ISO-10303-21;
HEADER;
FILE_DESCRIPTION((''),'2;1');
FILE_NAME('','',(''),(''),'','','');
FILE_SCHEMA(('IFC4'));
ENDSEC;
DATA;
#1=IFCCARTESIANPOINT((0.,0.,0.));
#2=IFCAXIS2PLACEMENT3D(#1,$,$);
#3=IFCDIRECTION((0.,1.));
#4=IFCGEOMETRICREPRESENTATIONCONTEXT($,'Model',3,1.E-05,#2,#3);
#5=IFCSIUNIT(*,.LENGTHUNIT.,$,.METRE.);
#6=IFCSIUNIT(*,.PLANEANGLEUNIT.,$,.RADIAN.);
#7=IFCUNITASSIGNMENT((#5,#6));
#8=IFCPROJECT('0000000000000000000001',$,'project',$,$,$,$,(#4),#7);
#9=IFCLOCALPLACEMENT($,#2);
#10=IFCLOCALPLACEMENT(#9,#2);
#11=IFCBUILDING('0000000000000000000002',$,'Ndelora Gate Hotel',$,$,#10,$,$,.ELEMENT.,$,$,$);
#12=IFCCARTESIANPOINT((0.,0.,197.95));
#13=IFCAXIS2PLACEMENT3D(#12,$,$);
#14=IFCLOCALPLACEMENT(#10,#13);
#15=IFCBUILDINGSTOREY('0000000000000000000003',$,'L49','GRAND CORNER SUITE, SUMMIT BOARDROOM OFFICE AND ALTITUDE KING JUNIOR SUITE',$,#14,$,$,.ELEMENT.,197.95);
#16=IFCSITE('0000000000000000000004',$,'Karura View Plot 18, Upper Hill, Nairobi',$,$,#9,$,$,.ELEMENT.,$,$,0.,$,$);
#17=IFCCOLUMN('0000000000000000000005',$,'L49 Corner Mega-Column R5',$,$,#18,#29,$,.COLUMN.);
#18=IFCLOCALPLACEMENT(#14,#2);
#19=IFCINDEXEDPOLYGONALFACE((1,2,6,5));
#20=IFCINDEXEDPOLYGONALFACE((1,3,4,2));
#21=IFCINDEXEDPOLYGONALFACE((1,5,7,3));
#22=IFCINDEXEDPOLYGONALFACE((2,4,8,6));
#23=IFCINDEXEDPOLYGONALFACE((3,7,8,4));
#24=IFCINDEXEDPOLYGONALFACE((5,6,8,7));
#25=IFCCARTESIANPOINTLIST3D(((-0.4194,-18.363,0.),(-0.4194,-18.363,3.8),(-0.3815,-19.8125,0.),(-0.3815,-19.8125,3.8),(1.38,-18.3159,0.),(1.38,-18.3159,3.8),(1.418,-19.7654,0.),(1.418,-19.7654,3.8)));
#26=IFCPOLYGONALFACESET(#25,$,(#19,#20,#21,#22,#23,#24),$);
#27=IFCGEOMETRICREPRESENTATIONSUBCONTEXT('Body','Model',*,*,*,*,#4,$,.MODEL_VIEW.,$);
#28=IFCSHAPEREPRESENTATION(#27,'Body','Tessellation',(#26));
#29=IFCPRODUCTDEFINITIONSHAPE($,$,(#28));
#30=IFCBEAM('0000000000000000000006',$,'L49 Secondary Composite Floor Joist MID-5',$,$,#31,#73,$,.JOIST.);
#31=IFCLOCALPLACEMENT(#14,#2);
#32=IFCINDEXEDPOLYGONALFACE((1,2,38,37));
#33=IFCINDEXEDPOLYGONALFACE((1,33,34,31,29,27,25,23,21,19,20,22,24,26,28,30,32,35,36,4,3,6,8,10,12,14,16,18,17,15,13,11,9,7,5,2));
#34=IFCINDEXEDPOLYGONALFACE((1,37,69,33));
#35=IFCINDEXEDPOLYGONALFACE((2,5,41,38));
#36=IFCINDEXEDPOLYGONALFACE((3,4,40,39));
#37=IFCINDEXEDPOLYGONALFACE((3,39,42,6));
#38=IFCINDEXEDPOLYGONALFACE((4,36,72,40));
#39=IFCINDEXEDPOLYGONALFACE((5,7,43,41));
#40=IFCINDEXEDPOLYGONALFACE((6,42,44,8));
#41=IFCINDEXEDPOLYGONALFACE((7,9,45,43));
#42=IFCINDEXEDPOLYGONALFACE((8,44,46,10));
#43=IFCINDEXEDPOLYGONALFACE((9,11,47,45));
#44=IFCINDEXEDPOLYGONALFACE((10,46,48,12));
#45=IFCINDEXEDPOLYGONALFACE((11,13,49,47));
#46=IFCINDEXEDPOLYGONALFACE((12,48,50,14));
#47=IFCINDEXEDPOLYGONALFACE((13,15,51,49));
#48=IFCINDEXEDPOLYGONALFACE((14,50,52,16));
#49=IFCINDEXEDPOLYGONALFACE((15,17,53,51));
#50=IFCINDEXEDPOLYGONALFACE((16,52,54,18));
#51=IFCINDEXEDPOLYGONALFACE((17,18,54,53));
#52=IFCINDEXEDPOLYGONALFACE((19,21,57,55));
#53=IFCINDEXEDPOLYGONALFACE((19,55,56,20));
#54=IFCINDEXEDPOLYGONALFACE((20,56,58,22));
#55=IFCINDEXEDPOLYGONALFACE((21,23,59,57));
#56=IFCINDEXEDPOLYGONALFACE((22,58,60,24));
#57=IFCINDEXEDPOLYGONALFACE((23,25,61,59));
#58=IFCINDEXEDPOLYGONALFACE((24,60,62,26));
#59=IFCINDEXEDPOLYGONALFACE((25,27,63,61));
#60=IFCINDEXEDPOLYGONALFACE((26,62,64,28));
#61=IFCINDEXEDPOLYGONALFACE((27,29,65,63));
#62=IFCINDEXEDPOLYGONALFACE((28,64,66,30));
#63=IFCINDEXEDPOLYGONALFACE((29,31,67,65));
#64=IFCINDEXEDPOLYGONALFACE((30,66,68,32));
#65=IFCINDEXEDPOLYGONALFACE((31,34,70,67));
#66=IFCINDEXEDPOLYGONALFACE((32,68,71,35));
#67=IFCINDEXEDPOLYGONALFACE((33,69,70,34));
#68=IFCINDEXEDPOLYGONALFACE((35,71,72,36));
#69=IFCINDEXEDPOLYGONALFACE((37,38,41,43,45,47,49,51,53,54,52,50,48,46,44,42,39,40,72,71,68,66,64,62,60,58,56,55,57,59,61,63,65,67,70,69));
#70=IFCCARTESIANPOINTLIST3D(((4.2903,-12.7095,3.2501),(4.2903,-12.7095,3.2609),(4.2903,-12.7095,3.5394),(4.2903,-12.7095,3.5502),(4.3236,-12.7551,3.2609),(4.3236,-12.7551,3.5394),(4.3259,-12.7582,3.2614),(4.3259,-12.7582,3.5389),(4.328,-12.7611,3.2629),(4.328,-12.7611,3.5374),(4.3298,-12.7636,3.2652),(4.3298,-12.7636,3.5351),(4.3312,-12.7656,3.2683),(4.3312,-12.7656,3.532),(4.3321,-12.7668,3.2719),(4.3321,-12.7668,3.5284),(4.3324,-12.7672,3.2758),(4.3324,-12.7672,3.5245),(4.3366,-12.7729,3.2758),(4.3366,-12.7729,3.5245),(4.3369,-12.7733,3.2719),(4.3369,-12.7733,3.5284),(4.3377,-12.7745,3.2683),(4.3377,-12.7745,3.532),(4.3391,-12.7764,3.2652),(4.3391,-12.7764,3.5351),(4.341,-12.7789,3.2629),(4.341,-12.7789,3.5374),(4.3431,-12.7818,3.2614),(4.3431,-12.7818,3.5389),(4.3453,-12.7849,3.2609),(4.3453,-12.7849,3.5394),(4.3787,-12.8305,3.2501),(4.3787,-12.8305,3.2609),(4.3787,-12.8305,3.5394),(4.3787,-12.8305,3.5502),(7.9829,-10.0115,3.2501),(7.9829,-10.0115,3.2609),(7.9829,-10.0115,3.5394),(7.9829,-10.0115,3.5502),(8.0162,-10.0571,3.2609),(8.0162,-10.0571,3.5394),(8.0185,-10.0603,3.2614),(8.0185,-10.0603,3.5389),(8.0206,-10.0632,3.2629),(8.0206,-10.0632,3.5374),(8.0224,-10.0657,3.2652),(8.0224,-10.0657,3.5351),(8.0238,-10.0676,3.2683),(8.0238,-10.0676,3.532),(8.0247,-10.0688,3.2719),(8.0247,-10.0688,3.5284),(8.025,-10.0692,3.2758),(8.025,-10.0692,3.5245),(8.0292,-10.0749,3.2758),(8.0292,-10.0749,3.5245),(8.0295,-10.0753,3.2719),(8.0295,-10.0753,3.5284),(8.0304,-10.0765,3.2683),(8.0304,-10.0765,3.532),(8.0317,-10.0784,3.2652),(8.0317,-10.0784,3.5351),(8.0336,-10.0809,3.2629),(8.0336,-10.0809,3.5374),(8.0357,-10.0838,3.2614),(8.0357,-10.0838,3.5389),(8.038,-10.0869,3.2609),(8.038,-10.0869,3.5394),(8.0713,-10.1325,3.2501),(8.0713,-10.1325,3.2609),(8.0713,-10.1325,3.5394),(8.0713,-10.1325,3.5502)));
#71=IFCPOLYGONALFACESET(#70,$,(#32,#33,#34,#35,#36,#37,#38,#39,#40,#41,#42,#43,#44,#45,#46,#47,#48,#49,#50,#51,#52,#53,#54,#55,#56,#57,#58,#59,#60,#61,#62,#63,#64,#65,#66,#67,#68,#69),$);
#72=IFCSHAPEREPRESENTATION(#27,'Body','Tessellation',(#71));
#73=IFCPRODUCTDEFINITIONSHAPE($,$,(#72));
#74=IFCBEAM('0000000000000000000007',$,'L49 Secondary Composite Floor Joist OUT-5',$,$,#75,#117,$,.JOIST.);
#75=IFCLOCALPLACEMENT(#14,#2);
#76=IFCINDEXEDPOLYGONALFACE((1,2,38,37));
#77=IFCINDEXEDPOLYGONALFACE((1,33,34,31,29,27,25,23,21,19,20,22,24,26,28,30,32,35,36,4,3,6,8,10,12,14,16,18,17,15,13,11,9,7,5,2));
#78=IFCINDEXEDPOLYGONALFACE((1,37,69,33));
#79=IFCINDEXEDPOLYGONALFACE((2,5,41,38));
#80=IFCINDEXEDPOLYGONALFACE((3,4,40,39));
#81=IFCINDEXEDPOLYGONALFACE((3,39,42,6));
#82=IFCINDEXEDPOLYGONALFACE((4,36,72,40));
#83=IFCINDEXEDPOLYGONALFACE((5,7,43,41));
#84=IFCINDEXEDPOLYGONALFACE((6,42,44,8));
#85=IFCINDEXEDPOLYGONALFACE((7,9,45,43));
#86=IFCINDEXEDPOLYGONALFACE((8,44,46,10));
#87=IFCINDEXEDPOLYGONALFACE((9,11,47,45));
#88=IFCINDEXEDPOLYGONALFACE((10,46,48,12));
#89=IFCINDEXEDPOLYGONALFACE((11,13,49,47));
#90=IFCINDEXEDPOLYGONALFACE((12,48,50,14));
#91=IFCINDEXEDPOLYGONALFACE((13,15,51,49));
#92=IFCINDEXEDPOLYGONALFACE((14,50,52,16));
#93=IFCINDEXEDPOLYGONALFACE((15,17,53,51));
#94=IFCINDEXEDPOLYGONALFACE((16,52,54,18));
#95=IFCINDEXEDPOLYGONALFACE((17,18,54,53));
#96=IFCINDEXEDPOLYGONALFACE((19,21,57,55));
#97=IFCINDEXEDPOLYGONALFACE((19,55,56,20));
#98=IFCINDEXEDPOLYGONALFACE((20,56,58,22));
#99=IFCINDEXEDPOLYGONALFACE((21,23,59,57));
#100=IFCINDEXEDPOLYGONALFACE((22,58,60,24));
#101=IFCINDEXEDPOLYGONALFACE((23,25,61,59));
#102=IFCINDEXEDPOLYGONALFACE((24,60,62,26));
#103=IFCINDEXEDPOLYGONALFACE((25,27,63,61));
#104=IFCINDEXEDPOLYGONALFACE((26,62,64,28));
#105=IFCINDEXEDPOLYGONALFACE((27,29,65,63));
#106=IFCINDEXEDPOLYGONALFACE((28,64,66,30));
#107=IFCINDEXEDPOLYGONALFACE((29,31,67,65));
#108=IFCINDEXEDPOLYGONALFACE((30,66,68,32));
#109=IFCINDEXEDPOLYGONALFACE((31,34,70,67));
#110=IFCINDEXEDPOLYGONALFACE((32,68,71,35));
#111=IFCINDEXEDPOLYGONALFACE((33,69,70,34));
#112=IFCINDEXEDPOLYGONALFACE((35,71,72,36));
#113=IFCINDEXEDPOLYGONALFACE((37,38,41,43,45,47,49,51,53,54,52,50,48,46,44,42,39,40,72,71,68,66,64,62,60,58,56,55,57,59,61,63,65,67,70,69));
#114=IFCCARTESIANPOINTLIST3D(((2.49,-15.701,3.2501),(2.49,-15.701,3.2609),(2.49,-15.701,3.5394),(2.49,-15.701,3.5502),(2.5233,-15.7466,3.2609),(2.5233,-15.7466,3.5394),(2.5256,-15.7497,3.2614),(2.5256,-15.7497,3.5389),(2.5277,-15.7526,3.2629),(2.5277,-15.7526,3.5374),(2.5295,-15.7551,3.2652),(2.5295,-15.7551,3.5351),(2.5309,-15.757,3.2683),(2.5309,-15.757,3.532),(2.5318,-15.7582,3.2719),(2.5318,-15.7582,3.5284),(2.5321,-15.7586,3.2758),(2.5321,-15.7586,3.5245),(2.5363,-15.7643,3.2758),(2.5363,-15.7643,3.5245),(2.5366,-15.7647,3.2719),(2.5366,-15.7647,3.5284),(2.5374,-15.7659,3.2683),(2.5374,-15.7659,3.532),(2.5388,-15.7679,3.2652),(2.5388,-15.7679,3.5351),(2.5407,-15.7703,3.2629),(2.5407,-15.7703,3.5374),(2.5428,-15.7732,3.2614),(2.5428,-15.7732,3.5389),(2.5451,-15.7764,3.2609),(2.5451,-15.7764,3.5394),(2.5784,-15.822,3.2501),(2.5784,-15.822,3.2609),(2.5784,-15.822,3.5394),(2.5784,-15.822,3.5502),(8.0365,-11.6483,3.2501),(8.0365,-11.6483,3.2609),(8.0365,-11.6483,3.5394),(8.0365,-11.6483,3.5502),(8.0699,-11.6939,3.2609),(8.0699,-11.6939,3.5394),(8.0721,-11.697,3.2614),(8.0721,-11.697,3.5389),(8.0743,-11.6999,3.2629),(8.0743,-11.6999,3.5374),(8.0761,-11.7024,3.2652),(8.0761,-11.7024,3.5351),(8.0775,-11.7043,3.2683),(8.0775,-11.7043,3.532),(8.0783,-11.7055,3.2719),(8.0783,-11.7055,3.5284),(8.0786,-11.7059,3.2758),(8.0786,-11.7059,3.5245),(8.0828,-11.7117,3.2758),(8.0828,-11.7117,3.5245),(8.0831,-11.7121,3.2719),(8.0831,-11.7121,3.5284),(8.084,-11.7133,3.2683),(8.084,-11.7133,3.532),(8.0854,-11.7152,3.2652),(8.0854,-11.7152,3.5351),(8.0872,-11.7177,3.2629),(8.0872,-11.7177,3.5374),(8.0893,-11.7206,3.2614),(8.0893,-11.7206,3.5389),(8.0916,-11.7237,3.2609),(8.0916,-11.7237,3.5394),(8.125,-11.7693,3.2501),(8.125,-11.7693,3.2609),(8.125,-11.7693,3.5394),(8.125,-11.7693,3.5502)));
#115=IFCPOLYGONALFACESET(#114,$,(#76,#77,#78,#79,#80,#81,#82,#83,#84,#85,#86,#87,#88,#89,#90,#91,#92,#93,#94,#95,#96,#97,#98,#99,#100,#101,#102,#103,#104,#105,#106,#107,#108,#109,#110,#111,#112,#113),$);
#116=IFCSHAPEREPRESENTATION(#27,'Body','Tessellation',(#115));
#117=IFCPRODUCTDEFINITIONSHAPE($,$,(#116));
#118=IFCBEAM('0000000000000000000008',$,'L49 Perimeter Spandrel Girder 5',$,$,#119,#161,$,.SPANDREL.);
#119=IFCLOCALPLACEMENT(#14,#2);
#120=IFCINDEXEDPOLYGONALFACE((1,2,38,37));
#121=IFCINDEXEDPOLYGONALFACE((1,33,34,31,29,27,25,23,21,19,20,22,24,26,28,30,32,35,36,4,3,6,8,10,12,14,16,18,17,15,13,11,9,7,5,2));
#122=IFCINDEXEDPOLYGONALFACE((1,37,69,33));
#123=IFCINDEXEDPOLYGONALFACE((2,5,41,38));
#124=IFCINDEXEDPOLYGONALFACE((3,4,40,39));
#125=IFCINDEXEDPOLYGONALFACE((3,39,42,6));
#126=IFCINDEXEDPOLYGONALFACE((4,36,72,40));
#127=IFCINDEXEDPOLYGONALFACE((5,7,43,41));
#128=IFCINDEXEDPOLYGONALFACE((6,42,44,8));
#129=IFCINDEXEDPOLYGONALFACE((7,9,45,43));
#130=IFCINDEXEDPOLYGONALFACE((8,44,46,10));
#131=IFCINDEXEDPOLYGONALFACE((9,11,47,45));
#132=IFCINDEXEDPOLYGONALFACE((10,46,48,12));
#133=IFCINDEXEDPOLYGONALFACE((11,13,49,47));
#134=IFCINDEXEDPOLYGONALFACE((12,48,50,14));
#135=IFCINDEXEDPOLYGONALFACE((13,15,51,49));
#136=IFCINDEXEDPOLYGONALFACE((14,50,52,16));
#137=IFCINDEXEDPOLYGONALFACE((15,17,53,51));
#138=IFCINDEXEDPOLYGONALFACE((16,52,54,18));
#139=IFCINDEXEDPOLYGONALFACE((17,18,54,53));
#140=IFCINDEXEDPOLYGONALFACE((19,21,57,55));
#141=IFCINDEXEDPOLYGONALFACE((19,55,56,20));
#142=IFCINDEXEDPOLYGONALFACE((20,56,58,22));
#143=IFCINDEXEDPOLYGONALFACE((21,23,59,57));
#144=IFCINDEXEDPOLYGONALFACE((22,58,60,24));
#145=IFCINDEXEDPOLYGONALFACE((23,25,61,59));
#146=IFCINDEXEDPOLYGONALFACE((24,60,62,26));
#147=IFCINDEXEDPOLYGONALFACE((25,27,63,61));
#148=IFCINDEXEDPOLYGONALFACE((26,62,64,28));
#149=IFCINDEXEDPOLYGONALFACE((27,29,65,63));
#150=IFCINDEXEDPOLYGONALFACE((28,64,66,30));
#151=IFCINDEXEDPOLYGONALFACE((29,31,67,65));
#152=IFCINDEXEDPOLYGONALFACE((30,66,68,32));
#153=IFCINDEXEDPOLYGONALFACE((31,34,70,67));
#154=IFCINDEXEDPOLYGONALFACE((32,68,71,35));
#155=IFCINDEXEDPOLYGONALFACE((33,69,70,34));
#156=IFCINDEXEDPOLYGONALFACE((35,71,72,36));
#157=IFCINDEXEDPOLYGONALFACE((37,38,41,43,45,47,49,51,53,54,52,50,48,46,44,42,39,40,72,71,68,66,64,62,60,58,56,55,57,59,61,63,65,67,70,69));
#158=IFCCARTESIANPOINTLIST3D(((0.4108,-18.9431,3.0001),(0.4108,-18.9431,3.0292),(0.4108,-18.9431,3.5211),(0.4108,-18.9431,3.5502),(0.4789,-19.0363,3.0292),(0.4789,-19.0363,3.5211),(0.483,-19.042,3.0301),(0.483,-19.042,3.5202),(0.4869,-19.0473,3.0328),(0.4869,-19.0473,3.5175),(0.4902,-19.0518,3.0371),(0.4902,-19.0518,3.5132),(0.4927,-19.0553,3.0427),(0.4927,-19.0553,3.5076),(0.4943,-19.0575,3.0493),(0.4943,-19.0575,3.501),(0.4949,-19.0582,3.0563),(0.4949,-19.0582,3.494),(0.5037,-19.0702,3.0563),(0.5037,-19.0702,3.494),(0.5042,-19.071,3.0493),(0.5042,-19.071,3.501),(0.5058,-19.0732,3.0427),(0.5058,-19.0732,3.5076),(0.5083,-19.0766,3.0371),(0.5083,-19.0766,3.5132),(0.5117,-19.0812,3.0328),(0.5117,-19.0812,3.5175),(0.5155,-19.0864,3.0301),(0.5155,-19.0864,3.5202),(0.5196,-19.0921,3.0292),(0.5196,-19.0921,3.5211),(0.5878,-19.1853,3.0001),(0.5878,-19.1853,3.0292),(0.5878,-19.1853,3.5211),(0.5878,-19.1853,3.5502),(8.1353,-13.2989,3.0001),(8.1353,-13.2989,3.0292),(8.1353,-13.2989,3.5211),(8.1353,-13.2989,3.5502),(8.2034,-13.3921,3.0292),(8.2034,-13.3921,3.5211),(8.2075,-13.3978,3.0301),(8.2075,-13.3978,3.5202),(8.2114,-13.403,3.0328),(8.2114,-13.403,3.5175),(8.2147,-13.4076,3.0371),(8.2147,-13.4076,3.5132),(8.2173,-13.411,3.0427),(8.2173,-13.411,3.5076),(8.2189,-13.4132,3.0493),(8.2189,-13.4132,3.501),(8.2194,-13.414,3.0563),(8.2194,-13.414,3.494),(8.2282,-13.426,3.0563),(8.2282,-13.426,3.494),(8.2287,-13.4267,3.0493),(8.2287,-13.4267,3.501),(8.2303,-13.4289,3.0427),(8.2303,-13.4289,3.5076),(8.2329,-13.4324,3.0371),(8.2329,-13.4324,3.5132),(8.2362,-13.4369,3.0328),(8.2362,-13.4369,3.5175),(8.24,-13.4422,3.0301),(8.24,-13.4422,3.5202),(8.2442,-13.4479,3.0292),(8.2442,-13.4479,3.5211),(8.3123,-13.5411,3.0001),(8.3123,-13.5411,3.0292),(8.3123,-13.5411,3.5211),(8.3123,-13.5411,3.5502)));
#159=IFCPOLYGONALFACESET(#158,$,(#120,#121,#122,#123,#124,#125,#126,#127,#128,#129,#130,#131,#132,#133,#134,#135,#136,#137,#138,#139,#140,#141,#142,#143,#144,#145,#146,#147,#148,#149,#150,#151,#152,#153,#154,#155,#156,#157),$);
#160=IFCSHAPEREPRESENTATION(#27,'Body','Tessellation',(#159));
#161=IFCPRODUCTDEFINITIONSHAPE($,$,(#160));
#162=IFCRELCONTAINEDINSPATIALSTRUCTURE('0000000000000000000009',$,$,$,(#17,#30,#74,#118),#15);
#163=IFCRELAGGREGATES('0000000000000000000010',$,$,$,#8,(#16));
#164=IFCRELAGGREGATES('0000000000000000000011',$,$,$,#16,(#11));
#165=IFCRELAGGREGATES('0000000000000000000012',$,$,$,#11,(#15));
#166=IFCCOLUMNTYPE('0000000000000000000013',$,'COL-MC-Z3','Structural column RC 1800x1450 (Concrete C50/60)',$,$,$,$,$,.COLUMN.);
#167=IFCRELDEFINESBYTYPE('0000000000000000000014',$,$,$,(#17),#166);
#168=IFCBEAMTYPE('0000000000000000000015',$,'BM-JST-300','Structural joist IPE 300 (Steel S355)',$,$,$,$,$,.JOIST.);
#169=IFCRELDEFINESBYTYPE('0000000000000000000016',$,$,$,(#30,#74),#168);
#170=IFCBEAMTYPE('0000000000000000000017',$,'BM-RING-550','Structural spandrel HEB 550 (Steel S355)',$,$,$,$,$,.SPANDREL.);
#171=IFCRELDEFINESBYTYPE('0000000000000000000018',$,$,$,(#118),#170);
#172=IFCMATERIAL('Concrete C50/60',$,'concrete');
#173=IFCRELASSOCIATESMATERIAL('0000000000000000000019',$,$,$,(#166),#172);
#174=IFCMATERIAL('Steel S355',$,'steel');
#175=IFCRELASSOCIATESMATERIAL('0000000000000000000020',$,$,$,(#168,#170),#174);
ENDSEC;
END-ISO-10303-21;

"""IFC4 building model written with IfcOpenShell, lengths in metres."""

from ifc_helpers import new_model, si_unit, direction, frame, origin, origin_2d, place, context, subcontext, project, spatial, rectangle, i_section, extrude, material, material_profile, profile_set, type_object, element, save


model = new_model("IFC4")

# Units and contexts
model_context = context("Model", 3, precision=1e-05, world=origin(), true_north=direction((0.0, 1.0)))
body_context = subcontext(model_context, "Body", "Model", "MODEL_VIEW")
ifc_project = project(units=[si_unit("LENGTHUNIT", "METRE"), si_unit("PLANEANGLEUNIT", "RADIAN")], contexts=[model_context])

# Site, building, storey
site_placement = place(None, origin())
site = spatial("IfcSite", under=ifc_project, at=site_placement, Name="Karura View Plot 18, Upper Hill, Nairobi", CompositionType="ELEMENT", RefElevation=0.0)
building_placement = place(site_placement, origin())
building = spatial("IfcBuilding", under=site, at=building_placement, Name="Ndelora Gate Hotel", CompositionType="ELEMENT")
storey_placement = place(building_placement, frame((0.0, 0.0, 197.95)))
storey = spatial("IfcBuildingStorey", under=building, at=storey_placement, Name="L49", Description="GRAND CORNER SUITE, SUMMIT BOARDROOM OFFICE AND ALTITUDE KING JUNIOR SUITE", CompositionType="ELEMENT", Elevation=197.95)

# Column
ifc_material_1 = material(Name="Concrete C50/60", Category="concrete")
ifc_material_profile_1 = material_profile(ifc_material_1, rectangle(XDim=1.45, YDim=1.8, at=origin_2d()), Name="RC 1800x1450")
ifc_profile_set_1 = profile_set([ifc_material_profile_1], Name="Concrete C50/60")
column_type = type_object("IfcColumnType", Name="COL-MC-Z3", Description="Structural column RC 1800x1450 (Concrete C50/60)", PredefinedType="COLUMN", material=ifc_profile_set_1)
column_placement = place(storey_placement, frame((0.4993, -19.0642, 0.0), z_axis=(0.0, 0.0, 1.0), x_axis=(-0.026177, 0.999657, 0.0)))
element("IfcColumn", 1, at=column_placement, inside=storey, type_object=column_type, Name="L49 Corner Mega-Column R5", PredefinedType="COLUMN", context=body_context, shape_type="SweptSolid", body=[
    extrude(rectangle(XDim=1.45, YDim=1.8, at=origin_2d()), origin(), (0.0, 0.0, 1.0), 3.8),
])

# Beams
ifc_material_2 = material(Name="Steel S355", Category="steel")
ifc_material_profile_2 = material_profile(ifc_material_2, i_section(OverallWidth=0.1499, OverallDepth=0.3, WebThickness=0.0071, FlangeThickness=0.0107, FilletRadius=0.0149, at=origin_2d()), Name="IPE 300")
ifc_profile_set_2 = profile_set([ifc_material_profile_2], Name="Steel S355")
beam_type_1 = type_object("IfcBeamType", Name="BM-JST-300", Description="Structural joist IPE 300 (Steel S355)", PredefinedType="JOIST", material=ifc_profile_set_2)
beam_1_placement = place(storey_placement, frame((4.3345, -12.77, 3.4001), z_axis=(0.807439, 0.589951, 0.0), x_axis=(-0.589951, 0.807439, 0.0)))
element("IfcBeam", 2, at=beam_1_placement, inside=storey, type_object=beam_type_1, Name="L49 Secondary Composite Floor Joist MID-5", PredefinedType="JOIST", context=body_context, shape_type="SweptSolid", body=[
    extrude(i_section(OverallWidth=0.1499, OverallDepth=0.3, WebThickness=0.0071, FlangeThickness=0.0107, FilletRadius=0.0149, at=origin_2d()), origin(), (0.0, 0.0, 1.0), 4.5732),
])
beam_2_placement = place(storey_placement, frame((2.5342, -15.7615, 3.4001), z_axis=(0.807431, 0.589962, 0.0), x_axis=(-0.589962, 0.807431, 0.0)))
element("IfcBeam", 3, at=beam_2_placement, inside=storey, type_object=beam_type_1, Name="L49 Secondary Composite Floor Joist OUT-5", PredefinedType="JOIST", context=body_context, shape_type="SweptSolid", body=[
    extrude(i_section(OverallWidth=0.1499, OverallDepth=0.3, WebThickness=0.0071, FlangeThickness=0.0107, FilletRadius=0.0149, at=origin_2d()), origin(), (0.0, 0.0, 1.0), 6.8694),
])
ifc_material_profile_3 = material_profile(ifc_material_2, i_section(OverallWidth=0.3, OverallDepth=0.55, WebThickness=0.0149, FlangeThickness=0.0291, FilletRadius=0.0271, at=origin_2d()), Name="HEB 550")
ifc_profile_set_3 = profile_set([ifc_material_profile_3], Name="Steel S355")
beam_type_2 = type_object("IfcBeamType", Name="BM-RING-550", Description="Structural spandrel HEB 550 (Steel S355)", PredefinedType="SPANDREL", material=ifc_profile_set_3)
beam_3_placement = place(storey_placement, frame((0.4993, -19.0642, 3.2751), z_axis=(0.807422, 0.589974, 0.0), x_axis=(-0.589974, 0.807422, 0.0)))
element("IfcBeam", 4, at=beam_3_placement, inside=storey, type_object=beam_type_2, Name="L49 Perimeter Spandrel Girder 5", PredefinedType="SPANDREL", context=body_context, shape_type="SweptSolid", body=[
    extrude(i_section(OverallWidth=0.3, OverallDepth=0.55, WebThickness=0.0149, FlangeThickness=0.0291, FilletRadius=0.0271, at=origin_2d()), origin(), (0.0, 0.0, 1.0), 9.5669),
])

save(model, "model.ifc")
